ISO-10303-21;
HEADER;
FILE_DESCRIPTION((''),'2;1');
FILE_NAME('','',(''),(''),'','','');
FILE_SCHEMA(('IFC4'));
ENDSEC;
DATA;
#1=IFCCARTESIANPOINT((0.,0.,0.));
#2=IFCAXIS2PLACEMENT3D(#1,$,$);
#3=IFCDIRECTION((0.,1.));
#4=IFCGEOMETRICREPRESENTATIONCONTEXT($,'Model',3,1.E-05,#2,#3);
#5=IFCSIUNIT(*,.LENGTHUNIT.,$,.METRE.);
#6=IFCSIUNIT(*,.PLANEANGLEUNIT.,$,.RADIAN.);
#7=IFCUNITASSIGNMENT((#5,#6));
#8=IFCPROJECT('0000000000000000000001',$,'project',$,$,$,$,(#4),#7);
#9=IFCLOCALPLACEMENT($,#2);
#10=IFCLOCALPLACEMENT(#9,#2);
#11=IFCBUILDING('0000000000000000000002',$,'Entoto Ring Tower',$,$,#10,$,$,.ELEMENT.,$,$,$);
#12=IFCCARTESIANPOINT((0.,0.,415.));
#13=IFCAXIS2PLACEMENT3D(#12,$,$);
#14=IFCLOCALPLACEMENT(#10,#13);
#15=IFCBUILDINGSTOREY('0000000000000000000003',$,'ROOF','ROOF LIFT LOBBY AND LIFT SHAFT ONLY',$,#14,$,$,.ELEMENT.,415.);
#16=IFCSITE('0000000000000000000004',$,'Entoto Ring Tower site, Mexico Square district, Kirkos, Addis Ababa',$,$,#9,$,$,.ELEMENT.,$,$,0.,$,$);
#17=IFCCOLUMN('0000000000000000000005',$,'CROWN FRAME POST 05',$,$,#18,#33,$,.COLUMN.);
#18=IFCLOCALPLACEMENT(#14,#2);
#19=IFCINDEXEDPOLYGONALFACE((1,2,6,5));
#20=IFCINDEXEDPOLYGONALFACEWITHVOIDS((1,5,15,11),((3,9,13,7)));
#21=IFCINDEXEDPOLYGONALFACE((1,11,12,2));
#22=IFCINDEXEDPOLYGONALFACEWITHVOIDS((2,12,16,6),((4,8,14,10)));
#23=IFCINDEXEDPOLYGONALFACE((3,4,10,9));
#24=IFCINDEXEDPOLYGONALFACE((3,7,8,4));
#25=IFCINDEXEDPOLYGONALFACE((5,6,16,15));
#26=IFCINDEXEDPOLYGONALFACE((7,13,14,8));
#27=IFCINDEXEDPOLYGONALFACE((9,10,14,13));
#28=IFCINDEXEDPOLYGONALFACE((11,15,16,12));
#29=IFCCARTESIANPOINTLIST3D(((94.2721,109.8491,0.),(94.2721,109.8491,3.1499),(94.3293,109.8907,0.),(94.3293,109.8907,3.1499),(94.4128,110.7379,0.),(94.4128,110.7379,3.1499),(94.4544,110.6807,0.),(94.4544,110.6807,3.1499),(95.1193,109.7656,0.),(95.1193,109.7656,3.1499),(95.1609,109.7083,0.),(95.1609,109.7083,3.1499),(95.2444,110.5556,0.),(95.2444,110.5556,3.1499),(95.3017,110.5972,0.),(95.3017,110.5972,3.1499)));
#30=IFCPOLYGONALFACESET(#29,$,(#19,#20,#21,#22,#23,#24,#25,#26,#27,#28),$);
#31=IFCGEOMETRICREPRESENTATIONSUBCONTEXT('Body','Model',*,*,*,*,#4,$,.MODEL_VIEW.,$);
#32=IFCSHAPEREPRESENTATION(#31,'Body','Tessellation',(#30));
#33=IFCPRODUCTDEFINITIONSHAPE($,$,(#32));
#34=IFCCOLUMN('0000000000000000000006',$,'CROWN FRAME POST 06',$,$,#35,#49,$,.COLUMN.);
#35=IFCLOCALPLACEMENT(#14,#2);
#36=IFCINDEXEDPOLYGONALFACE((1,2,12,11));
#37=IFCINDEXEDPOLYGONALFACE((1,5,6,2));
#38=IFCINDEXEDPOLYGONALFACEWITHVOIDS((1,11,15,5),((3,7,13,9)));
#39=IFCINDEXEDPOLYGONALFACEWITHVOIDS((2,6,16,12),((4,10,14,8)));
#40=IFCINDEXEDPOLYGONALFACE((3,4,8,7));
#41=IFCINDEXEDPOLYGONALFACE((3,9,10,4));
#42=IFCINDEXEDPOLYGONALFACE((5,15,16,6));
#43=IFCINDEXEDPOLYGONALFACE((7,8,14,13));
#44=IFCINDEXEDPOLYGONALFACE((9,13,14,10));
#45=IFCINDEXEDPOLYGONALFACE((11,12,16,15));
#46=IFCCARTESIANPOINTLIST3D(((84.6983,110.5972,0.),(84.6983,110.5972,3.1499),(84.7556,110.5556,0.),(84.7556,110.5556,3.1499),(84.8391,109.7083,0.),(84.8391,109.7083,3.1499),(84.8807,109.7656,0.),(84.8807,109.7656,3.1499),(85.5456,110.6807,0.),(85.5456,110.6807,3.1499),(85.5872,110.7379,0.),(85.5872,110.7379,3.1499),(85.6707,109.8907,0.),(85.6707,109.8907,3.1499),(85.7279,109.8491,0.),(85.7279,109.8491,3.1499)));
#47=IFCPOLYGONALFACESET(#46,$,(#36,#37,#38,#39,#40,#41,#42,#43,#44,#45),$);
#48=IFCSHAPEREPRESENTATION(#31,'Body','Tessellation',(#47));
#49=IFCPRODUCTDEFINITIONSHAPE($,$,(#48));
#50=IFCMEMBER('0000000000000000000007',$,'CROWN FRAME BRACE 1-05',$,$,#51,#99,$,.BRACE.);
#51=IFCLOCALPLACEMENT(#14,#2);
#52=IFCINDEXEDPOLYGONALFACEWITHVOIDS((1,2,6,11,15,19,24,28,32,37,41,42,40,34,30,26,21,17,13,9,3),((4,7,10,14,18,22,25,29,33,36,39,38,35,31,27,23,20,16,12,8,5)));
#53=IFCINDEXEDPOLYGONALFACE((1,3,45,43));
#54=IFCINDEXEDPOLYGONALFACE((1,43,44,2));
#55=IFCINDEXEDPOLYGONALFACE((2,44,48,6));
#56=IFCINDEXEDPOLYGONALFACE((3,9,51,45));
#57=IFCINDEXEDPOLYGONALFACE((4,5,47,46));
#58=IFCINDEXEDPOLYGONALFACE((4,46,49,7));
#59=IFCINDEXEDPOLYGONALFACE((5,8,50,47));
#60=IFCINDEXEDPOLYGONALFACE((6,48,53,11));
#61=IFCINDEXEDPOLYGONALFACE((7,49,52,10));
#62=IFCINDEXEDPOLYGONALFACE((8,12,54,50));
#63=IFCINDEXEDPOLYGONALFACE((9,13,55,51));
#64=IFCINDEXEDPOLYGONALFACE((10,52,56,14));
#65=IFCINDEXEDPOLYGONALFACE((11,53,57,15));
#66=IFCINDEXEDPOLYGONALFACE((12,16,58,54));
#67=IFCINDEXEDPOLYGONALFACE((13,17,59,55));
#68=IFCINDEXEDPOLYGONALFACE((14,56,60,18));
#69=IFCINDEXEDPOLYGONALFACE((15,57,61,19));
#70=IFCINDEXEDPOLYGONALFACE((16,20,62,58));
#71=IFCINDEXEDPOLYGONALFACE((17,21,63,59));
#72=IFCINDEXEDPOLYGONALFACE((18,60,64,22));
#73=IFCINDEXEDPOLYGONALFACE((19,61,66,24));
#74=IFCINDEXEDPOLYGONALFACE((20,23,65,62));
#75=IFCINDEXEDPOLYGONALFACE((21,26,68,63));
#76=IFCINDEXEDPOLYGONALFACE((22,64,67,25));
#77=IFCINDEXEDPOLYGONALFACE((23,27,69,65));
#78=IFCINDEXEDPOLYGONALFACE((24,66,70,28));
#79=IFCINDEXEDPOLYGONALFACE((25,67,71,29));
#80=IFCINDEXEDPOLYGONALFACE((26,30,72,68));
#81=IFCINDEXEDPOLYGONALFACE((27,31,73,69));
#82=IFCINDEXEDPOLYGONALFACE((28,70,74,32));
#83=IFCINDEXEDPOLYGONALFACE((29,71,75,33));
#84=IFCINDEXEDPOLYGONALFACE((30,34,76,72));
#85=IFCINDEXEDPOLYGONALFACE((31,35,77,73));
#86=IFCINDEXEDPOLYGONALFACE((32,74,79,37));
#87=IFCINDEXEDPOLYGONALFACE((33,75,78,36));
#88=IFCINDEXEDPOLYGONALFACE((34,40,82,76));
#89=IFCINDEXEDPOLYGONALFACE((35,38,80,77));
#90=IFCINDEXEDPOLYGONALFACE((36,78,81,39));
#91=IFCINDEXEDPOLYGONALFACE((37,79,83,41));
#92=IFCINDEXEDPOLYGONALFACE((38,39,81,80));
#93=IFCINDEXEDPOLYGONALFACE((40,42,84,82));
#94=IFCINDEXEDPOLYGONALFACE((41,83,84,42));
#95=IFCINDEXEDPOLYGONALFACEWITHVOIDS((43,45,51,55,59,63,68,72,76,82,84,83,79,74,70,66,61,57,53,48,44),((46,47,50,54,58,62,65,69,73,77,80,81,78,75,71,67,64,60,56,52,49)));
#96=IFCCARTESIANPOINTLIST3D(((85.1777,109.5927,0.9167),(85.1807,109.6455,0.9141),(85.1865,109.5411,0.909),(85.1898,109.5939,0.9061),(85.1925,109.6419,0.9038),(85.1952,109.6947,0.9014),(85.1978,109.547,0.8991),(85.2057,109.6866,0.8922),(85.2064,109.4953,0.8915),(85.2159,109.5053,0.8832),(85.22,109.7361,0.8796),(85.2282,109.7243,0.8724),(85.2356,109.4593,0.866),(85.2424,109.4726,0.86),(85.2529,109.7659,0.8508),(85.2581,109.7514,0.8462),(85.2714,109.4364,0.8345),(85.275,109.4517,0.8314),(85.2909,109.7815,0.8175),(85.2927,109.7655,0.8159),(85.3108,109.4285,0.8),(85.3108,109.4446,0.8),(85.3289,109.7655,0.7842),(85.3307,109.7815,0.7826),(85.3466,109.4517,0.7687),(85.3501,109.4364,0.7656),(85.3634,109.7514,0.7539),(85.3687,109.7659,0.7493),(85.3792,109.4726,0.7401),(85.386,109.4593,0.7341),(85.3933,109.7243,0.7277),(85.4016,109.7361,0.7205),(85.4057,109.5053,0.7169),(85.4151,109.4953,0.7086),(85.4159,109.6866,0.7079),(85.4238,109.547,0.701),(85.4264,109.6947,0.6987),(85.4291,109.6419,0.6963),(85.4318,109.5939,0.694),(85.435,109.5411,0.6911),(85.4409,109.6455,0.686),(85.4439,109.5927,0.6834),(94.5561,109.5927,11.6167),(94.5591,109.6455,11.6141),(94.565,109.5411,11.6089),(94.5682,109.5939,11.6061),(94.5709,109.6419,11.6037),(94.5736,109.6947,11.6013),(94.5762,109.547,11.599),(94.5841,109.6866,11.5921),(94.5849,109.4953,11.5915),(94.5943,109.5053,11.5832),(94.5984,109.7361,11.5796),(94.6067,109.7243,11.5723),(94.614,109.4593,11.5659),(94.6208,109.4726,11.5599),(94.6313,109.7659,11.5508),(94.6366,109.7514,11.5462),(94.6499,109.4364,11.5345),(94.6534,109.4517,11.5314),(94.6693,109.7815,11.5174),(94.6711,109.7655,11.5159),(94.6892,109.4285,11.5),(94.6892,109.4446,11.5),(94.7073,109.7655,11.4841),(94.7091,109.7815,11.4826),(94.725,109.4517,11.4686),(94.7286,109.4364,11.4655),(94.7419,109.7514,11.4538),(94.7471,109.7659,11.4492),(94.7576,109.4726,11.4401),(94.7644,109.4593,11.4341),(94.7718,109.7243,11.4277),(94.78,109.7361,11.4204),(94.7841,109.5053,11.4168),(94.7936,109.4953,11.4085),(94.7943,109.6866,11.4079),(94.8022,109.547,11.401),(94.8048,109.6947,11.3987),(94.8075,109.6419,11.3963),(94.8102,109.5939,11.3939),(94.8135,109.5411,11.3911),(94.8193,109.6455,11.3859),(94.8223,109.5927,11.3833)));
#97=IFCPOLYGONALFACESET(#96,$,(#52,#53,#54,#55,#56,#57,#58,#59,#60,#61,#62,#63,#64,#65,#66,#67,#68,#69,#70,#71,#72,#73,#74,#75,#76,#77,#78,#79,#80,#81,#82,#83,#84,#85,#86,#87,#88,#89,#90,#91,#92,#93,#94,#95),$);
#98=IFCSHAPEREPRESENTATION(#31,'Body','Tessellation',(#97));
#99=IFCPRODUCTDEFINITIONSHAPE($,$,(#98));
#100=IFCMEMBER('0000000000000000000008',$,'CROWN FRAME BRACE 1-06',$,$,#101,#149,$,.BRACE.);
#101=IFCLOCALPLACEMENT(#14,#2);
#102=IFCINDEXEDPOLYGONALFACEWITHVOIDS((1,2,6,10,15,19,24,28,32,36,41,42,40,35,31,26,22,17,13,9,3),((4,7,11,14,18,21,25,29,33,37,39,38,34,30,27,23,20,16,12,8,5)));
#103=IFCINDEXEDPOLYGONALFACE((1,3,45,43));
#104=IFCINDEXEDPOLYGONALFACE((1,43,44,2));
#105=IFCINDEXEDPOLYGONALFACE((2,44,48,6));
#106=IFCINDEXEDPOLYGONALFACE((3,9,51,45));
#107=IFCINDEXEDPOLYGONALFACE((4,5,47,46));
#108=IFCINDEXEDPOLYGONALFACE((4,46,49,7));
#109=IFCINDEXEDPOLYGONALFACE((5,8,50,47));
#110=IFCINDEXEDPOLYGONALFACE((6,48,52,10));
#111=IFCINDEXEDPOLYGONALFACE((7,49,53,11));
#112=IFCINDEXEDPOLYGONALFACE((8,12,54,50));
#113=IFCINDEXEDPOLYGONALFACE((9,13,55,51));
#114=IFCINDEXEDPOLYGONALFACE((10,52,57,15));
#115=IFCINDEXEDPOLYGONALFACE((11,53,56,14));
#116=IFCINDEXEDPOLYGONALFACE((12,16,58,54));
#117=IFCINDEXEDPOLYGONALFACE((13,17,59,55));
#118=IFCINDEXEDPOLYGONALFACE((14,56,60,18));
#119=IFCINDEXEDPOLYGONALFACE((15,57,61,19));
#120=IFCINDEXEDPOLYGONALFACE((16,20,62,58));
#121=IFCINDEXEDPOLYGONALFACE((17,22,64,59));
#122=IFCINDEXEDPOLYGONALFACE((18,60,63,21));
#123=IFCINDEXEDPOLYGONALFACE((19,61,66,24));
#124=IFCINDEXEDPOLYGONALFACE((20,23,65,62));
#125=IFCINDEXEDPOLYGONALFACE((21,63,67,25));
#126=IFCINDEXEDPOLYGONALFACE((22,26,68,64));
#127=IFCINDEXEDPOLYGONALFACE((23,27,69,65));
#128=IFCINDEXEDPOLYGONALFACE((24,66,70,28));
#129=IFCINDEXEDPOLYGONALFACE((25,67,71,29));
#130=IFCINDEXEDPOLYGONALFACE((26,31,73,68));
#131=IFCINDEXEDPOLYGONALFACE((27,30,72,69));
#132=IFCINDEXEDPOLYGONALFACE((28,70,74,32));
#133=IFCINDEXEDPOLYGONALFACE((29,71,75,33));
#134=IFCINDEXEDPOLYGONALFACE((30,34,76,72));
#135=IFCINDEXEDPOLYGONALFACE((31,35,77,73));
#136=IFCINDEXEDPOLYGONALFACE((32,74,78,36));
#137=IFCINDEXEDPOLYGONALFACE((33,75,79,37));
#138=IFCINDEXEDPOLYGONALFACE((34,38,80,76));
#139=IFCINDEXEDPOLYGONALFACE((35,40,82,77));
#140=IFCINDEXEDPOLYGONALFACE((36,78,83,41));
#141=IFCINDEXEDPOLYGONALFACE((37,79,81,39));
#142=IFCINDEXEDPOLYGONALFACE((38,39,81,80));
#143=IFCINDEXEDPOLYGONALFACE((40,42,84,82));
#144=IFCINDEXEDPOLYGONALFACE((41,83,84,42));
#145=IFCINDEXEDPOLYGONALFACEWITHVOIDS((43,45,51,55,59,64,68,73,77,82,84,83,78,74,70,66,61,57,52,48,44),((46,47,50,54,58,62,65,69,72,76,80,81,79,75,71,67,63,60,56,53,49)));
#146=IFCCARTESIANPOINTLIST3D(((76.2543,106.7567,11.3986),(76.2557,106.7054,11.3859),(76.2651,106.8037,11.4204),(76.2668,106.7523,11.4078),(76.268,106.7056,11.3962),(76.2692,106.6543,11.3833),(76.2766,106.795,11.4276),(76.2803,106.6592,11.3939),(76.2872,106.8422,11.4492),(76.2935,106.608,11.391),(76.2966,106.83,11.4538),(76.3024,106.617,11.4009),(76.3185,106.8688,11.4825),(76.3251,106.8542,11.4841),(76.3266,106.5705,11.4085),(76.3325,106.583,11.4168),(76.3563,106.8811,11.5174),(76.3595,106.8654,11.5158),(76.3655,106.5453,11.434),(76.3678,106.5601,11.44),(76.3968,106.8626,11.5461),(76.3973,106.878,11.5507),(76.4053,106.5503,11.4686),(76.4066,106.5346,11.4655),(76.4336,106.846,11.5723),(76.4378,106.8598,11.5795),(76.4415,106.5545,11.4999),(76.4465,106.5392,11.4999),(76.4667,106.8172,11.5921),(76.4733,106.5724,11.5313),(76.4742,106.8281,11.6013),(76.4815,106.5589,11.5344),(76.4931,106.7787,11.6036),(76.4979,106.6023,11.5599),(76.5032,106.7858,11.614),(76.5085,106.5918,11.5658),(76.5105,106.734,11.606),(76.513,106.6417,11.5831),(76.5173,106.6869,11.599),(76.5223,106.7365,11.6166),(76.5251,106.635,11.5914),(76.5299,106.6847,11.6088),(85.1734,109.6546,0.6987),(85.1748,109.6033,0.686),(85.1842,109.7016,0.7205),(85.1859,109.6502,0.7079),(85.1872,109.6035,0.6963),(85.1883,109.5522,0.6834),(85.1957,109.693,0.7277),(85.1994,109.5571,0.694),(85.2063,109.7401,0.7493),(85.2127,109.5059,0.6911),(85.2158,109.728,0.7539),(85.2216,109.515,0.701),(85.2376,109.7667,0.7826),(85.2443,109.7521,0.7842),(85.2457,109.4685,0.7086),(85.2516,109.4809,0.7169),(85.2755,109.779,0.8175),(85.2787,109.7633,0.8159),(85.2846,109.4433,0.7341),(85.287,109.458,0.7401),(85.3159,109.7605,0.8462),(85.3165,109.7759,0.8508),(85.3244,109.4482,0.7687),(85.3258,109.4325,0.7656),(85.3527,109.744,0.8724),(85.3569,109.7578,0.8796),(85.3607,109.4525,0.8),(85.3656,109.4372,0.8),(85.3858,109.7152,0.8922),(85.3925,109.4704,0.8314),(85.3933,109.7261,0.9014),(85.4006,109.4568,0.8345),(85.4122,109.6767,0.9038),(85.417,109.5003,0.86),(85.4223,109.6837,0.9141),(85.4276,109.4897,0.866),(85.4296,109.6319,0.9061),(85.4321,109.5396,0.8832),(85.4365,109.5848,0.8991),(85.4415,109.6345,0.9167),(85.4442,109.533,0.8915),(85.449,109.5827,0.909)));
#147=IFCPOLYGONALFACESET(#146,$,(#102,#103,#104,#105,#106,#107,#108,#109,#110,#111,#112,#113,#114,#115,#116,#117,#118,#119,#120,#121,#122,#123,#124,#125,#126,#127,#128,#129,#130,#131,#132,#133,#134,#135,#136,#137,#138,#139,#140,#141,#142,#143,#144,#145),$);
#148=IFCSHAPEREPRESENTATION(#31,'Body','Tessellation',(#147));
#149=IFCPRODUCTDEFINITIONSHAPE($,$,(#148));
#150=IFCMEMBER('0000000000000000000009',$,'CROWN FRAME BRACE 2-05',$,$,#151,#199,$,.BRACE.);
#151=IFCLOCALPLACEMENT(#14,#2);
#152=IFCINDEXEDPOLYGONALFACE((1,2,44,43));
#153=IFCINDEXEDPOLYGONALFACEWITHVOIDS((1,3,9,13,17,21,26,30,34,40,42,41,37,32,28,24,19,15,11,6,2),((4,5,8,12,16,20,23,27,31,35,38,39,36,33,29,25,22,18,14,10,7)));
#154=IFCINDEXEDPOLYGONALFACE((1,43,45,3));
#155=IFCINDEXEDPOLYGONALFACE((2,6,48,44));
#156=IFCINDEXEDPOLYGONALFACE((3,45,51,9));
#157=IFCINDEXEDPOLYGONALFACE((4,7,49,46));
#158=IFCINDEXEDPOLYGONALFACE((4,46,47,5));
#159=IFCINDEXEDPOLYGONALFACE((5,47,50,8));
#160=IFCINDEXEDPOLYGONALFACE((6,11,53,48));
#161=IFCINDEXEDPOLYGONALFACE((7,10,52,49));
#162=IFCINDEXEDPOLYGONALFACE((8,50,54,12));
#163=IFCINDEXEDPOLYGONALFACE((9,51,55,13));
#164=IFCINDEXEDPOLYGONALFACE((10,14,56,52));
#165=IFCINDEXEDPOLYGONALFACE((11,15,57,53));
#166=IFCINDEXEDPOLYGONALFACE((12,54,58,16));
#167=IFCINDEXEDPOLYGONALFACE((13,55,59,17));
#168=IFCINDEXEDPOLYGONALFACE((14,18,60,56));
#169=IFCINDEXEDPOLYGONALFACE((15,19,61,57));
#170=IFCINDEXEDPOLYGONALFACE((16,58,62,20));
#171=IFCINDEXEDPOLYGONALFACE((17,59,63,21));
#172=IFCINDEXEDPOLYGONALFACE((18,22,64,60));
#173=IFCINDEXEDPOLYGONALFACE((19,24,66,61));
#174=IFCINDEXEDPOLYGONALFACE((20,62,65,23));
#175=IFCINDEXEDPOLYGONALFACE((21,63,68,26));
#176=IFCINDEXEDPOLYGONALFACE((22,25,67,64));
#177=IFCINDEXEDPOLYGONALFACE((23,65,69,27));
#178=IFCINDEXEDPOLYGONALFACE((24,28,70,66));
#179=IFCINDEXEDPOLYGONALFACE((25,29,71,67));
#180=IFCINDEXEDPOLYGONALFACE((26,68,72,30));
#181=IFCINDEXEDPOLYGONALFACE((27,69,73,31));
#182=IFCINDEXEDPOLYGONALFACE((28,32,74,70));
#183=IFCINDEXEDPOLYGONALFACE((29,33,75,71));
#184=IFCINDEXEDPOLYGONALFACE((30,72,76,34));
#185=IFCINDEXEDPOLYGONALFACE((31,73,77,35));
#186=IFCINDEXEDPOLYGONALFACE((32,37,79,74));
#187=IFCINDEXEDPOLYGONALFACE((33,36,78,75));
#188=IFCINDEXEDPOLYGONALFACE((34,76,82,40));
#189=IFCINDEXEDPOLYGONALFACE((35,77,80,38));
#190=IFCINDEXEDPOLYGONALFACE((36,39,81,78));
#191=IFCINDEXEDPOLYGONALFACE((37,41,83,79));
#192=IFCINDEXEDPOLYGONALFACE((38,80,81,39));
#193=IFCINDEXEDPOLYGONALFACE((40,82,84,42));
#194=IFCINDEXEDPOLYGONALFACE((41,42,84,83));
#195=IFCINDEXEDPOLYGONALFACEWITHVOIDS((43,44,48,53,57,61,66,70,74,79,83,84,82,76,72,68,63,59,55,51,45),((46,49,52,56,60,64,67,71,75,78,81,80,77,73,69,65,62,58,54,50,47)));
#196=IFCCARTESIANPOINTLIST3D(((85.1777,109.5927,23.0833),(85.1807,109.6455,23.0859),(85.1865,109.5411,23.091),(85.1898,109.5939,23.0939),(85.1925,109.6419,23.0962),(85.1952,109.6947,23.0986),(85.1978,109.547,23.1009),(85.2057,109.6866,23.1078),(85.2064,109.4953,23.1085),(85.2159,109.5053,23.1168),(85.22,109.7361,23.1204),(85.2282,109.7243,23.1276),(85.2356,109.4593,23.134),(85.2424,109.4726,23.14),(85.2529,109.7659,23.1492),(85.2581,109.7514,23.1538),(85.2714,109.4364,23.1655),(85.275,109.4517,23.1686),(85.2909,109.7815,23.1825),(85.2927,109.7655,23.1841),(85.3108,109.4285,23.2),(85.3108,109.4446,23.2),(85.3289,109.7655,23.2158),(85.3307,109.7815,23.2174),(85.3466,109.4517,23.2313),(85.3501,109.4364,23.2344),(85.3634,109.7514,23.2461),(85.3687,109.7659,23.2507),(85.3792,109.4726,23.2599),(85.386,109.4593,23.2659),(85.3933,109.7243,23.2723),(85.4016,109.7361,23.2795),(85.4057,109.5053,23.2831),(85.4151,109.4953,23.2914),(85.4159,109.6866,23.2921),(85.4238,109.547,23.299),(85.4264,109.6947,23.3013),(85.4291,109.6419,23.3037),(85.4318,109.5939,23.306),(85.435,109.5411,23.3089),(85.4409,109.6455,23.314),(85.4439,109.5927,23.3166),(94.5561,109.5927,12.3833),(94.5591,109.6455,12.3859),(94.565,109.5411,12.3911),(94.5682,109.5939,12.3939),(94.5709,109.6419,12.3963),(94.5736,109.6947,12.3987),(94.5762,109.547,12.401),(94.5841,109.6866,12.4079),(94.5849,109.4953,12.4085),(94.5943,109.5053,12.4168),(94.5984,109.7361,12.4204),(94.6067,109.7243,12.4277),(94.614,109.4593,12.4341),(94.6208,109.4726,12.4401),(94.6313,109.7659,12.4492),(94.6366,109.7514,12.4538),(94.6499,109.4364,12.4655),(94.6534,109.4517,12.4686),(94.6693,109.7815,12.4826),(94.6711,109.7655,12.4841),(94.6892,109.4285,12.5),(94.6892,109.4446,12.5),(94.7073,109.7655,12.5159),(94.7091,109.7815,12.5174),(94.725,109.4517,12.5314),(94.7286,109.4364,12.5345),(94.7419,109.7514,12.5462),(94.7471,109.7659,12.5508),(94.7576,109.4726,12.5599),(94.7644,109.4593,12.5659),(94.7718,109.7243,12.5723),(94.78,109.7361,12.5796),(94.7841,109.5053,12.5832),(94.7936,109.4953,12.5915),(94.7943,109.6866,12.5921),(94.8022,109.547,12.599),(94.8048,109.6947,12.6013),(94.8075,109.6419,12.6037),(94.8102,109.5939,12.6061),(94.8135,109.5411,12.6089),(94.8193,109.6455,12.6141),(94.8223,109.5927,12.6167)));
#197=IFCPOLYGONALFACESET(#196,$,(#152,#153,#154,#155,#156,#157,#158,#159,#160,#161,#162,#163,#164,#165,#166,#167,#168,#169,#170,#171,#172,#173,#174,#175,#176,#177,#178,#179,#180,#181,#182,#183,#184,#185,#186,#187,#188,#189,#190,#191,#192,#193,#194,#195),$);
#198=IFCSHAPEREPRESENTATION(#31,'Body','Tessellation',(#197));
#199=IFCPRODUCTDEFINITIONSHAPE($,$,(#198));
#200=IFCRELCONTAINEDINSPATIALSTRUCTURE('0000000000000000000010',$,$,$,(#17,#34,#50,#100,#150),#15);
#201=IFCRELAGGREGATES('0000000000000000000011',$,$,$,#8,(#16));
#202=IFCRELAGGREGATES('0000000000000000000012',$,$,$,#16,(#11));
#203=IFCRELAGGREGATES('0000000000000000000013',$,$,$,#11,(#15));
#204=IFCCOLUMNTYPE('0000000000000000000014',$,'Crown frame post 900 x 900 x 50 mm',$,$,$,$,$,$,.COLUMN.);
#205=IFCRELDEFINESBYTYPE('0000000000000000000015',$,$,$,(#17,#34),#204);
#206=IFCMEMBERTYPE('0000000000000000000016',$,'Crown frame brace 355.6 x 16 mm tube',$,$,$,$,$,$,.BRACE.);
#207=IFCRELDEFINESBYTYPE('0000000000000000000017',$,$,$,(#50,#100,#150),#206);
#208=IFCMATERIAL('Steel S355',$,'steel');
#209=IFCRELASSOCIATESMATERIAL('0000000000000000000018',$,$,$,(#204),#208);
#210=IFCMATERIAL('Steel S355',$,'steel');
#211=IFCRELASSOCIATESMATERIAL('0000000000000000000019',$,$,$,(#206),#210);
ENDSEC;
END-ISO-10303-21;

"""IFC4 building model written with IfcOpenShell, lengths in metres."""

from ifc_helpers import new_model, si_unit, direction, frame, origin, origin_2d, place, context, subcontext, project, spatial, hollow_rectangle, hollow_circle, extrude, material, material_profile, profile_set, type_object, element, save


model = new_model("IFC4")

# Units and contexts
model_context = context("Model", 3, precision=1e-05, world=origin(), true_north=direction((0.0, 1.0)))
body_context = subcontext(model_context, "Body", "Model", "MODEL_VIEW")
ifc_project = project(units=[si_unit("LENGTHUNIT", "METRE"), si_unit("PLANEANGLEUNIT", "RADIAN")], contexts=[model_context])

# Site, building, storey
site_placement = place(None, origin())
site = spatial("IfcSite", under=ifc_project, at=site_placement, Name="Entoto Ring Tower site, Mexico Square district, Kirkos, Addis Ababa", CompositionType="ELEMENT", RefElevation=0.0)
building_placement = place(site_placement, origin())
building = spatial("IfcBuilding", under=site, at=building_placement, Name="Entoto Ring Tower", CompositionType="ELEMENT")
storey_placement = place(building_placement, frame((0.0, 0.0, 415.0)))
storey = spatial("IfcBuildingStorey", under=building, at=storey_placement, Name="ROOF", Description="ROOF LIFT LOBBY AND LIFT SHAFT ONLY", CompositionType="ELEMENT", Elevation=415.0)

# Columns
ifc_material_1 = material(Name="Steel S355", Category="steel")
ifc_material_profile_1 = material_profile(ifc_material_1, hollow_rectangle(XDim=0.8999, YDim=0.8999, WallThickness=0.05, at=origin_2d()), Name="Crown frame post 900 x 900 x 50 mm")
ifc_profile_set_1 = profile_set([ifc_material_profile_1], Name="Steel S355")
column_type = type_object("IfcColumnType", Name="Crown frame post 900 x 900 x 50 mm", PredefinedType="COLUMN", material=ifc_profile_set_1)
for number, where, z_axis, x_axis, name in (
    (1, (94.7869, 110.2231, 0.0), (0.0, 0.0, 1.0), (-0.987688, 0.156434, 0.0), "CROWN FRAME POST 05"),
    (2, (85.2131, 110.2231, 0.0), (0.0, 0.0, 1.0), (-0.987688, -0.156434, 0.0), "CROWN FRAME POST 06"),
):
    element("IfcColumn", number, at=place(storey_placement, frame(where, z_axis=z_axis, x_axis=x_axis)), inside=storey, type_object=column_type, Name=name, PredefinedType="COLUMN", context=body_context, shape_type="SweptSolid", body=[
        extrude(hollow_rectangle(XDim=0.8999, YDim=0.8999, WallThickness=0.05, at=origin_2d()), origin(), (0.0, 0.0, 1.0), 3.1499),
    ])

# Members
ifc_material_2 = material(Name="Steel S355", Category="steel")
ifc_material_profile_2 = material_profile(ifc_material_2, hollow_circle(Radius=0.1775, WallThickness=0.0161, at=origin_2d()), Name="Crown frame brace 355.6 x 16 mm tube")
ifc_profile_set_2 = profile_set([ifc_material_profile_2], Name="Steel S355")
member_type_1 = type_object("IfcMemberType", Name="Crown frame brace 355.6 x 16 mm tube", PredefinedType="BRACE", material=ifc_profile_set_2)
member_1_placement = place(storey_placement, frame((94.6892, 109.606, 11.5), z_axis=(-0.65914, 0.0, -0.752021), x_axis=(0.0, -1.0, 0.0)))
element("IfcMember", 3, at=member_1_placement, inside=storey, type_object=member_type_1, Name="CROWN FRAME BRACE 1-05", PredefinedType="BRACE", context=body_context, shape_type="SweptSolid", body=[
    extrude(hollow_circle(Radius=0.1775, WallThickness=0.0161, at=origin_2d()), origin(), (0.0, 0.0, 1.0), 14.2283),
])
member_2_placement = place(storey_placement, frame((85.3108, 109.606, 0.8), z_axis=(-0.626871, -0.203678, 0.752029), x_axis=(0.30901, -0.951059, 0.0)))
element("IfcMember", 4, at=member_2_placement, inside=storey, type_object=member_type_1, Name="CROWN FRAME BRACE 1-06", PredefinedType="BRACE", context=body_context, shape_type="SweptSolid", body=[
    extrude(hollow_circle(Radius=0.1775, WallThickness=0.0161, at=origin_2d()), origin(), (0.0, 0.0, 1.0), 14.228),
])
member_3_placement = place(storey_placement, frame((94.6892, 109.606, 12.5), z_axis=(-0.65914, 0.0, 0.752021), x_axis=(0.0, -1.0, 0.0)))
element("IfcMember", 5, at=member_3_placement, inside=storey, type_object=member_type_1, Name="CROWN FRAME BRACE 2-05", PredefinedType="BRACE", context=body_context, shape_type="SweptSolid", body=[
    extrude(hollow_circle(Radius=0.1775, WallThickness=0.0161, at=origin_2d()), origin(), (0.0, 0.0, 1.0), 14.2283),
])

save(model, "model.ifc")
